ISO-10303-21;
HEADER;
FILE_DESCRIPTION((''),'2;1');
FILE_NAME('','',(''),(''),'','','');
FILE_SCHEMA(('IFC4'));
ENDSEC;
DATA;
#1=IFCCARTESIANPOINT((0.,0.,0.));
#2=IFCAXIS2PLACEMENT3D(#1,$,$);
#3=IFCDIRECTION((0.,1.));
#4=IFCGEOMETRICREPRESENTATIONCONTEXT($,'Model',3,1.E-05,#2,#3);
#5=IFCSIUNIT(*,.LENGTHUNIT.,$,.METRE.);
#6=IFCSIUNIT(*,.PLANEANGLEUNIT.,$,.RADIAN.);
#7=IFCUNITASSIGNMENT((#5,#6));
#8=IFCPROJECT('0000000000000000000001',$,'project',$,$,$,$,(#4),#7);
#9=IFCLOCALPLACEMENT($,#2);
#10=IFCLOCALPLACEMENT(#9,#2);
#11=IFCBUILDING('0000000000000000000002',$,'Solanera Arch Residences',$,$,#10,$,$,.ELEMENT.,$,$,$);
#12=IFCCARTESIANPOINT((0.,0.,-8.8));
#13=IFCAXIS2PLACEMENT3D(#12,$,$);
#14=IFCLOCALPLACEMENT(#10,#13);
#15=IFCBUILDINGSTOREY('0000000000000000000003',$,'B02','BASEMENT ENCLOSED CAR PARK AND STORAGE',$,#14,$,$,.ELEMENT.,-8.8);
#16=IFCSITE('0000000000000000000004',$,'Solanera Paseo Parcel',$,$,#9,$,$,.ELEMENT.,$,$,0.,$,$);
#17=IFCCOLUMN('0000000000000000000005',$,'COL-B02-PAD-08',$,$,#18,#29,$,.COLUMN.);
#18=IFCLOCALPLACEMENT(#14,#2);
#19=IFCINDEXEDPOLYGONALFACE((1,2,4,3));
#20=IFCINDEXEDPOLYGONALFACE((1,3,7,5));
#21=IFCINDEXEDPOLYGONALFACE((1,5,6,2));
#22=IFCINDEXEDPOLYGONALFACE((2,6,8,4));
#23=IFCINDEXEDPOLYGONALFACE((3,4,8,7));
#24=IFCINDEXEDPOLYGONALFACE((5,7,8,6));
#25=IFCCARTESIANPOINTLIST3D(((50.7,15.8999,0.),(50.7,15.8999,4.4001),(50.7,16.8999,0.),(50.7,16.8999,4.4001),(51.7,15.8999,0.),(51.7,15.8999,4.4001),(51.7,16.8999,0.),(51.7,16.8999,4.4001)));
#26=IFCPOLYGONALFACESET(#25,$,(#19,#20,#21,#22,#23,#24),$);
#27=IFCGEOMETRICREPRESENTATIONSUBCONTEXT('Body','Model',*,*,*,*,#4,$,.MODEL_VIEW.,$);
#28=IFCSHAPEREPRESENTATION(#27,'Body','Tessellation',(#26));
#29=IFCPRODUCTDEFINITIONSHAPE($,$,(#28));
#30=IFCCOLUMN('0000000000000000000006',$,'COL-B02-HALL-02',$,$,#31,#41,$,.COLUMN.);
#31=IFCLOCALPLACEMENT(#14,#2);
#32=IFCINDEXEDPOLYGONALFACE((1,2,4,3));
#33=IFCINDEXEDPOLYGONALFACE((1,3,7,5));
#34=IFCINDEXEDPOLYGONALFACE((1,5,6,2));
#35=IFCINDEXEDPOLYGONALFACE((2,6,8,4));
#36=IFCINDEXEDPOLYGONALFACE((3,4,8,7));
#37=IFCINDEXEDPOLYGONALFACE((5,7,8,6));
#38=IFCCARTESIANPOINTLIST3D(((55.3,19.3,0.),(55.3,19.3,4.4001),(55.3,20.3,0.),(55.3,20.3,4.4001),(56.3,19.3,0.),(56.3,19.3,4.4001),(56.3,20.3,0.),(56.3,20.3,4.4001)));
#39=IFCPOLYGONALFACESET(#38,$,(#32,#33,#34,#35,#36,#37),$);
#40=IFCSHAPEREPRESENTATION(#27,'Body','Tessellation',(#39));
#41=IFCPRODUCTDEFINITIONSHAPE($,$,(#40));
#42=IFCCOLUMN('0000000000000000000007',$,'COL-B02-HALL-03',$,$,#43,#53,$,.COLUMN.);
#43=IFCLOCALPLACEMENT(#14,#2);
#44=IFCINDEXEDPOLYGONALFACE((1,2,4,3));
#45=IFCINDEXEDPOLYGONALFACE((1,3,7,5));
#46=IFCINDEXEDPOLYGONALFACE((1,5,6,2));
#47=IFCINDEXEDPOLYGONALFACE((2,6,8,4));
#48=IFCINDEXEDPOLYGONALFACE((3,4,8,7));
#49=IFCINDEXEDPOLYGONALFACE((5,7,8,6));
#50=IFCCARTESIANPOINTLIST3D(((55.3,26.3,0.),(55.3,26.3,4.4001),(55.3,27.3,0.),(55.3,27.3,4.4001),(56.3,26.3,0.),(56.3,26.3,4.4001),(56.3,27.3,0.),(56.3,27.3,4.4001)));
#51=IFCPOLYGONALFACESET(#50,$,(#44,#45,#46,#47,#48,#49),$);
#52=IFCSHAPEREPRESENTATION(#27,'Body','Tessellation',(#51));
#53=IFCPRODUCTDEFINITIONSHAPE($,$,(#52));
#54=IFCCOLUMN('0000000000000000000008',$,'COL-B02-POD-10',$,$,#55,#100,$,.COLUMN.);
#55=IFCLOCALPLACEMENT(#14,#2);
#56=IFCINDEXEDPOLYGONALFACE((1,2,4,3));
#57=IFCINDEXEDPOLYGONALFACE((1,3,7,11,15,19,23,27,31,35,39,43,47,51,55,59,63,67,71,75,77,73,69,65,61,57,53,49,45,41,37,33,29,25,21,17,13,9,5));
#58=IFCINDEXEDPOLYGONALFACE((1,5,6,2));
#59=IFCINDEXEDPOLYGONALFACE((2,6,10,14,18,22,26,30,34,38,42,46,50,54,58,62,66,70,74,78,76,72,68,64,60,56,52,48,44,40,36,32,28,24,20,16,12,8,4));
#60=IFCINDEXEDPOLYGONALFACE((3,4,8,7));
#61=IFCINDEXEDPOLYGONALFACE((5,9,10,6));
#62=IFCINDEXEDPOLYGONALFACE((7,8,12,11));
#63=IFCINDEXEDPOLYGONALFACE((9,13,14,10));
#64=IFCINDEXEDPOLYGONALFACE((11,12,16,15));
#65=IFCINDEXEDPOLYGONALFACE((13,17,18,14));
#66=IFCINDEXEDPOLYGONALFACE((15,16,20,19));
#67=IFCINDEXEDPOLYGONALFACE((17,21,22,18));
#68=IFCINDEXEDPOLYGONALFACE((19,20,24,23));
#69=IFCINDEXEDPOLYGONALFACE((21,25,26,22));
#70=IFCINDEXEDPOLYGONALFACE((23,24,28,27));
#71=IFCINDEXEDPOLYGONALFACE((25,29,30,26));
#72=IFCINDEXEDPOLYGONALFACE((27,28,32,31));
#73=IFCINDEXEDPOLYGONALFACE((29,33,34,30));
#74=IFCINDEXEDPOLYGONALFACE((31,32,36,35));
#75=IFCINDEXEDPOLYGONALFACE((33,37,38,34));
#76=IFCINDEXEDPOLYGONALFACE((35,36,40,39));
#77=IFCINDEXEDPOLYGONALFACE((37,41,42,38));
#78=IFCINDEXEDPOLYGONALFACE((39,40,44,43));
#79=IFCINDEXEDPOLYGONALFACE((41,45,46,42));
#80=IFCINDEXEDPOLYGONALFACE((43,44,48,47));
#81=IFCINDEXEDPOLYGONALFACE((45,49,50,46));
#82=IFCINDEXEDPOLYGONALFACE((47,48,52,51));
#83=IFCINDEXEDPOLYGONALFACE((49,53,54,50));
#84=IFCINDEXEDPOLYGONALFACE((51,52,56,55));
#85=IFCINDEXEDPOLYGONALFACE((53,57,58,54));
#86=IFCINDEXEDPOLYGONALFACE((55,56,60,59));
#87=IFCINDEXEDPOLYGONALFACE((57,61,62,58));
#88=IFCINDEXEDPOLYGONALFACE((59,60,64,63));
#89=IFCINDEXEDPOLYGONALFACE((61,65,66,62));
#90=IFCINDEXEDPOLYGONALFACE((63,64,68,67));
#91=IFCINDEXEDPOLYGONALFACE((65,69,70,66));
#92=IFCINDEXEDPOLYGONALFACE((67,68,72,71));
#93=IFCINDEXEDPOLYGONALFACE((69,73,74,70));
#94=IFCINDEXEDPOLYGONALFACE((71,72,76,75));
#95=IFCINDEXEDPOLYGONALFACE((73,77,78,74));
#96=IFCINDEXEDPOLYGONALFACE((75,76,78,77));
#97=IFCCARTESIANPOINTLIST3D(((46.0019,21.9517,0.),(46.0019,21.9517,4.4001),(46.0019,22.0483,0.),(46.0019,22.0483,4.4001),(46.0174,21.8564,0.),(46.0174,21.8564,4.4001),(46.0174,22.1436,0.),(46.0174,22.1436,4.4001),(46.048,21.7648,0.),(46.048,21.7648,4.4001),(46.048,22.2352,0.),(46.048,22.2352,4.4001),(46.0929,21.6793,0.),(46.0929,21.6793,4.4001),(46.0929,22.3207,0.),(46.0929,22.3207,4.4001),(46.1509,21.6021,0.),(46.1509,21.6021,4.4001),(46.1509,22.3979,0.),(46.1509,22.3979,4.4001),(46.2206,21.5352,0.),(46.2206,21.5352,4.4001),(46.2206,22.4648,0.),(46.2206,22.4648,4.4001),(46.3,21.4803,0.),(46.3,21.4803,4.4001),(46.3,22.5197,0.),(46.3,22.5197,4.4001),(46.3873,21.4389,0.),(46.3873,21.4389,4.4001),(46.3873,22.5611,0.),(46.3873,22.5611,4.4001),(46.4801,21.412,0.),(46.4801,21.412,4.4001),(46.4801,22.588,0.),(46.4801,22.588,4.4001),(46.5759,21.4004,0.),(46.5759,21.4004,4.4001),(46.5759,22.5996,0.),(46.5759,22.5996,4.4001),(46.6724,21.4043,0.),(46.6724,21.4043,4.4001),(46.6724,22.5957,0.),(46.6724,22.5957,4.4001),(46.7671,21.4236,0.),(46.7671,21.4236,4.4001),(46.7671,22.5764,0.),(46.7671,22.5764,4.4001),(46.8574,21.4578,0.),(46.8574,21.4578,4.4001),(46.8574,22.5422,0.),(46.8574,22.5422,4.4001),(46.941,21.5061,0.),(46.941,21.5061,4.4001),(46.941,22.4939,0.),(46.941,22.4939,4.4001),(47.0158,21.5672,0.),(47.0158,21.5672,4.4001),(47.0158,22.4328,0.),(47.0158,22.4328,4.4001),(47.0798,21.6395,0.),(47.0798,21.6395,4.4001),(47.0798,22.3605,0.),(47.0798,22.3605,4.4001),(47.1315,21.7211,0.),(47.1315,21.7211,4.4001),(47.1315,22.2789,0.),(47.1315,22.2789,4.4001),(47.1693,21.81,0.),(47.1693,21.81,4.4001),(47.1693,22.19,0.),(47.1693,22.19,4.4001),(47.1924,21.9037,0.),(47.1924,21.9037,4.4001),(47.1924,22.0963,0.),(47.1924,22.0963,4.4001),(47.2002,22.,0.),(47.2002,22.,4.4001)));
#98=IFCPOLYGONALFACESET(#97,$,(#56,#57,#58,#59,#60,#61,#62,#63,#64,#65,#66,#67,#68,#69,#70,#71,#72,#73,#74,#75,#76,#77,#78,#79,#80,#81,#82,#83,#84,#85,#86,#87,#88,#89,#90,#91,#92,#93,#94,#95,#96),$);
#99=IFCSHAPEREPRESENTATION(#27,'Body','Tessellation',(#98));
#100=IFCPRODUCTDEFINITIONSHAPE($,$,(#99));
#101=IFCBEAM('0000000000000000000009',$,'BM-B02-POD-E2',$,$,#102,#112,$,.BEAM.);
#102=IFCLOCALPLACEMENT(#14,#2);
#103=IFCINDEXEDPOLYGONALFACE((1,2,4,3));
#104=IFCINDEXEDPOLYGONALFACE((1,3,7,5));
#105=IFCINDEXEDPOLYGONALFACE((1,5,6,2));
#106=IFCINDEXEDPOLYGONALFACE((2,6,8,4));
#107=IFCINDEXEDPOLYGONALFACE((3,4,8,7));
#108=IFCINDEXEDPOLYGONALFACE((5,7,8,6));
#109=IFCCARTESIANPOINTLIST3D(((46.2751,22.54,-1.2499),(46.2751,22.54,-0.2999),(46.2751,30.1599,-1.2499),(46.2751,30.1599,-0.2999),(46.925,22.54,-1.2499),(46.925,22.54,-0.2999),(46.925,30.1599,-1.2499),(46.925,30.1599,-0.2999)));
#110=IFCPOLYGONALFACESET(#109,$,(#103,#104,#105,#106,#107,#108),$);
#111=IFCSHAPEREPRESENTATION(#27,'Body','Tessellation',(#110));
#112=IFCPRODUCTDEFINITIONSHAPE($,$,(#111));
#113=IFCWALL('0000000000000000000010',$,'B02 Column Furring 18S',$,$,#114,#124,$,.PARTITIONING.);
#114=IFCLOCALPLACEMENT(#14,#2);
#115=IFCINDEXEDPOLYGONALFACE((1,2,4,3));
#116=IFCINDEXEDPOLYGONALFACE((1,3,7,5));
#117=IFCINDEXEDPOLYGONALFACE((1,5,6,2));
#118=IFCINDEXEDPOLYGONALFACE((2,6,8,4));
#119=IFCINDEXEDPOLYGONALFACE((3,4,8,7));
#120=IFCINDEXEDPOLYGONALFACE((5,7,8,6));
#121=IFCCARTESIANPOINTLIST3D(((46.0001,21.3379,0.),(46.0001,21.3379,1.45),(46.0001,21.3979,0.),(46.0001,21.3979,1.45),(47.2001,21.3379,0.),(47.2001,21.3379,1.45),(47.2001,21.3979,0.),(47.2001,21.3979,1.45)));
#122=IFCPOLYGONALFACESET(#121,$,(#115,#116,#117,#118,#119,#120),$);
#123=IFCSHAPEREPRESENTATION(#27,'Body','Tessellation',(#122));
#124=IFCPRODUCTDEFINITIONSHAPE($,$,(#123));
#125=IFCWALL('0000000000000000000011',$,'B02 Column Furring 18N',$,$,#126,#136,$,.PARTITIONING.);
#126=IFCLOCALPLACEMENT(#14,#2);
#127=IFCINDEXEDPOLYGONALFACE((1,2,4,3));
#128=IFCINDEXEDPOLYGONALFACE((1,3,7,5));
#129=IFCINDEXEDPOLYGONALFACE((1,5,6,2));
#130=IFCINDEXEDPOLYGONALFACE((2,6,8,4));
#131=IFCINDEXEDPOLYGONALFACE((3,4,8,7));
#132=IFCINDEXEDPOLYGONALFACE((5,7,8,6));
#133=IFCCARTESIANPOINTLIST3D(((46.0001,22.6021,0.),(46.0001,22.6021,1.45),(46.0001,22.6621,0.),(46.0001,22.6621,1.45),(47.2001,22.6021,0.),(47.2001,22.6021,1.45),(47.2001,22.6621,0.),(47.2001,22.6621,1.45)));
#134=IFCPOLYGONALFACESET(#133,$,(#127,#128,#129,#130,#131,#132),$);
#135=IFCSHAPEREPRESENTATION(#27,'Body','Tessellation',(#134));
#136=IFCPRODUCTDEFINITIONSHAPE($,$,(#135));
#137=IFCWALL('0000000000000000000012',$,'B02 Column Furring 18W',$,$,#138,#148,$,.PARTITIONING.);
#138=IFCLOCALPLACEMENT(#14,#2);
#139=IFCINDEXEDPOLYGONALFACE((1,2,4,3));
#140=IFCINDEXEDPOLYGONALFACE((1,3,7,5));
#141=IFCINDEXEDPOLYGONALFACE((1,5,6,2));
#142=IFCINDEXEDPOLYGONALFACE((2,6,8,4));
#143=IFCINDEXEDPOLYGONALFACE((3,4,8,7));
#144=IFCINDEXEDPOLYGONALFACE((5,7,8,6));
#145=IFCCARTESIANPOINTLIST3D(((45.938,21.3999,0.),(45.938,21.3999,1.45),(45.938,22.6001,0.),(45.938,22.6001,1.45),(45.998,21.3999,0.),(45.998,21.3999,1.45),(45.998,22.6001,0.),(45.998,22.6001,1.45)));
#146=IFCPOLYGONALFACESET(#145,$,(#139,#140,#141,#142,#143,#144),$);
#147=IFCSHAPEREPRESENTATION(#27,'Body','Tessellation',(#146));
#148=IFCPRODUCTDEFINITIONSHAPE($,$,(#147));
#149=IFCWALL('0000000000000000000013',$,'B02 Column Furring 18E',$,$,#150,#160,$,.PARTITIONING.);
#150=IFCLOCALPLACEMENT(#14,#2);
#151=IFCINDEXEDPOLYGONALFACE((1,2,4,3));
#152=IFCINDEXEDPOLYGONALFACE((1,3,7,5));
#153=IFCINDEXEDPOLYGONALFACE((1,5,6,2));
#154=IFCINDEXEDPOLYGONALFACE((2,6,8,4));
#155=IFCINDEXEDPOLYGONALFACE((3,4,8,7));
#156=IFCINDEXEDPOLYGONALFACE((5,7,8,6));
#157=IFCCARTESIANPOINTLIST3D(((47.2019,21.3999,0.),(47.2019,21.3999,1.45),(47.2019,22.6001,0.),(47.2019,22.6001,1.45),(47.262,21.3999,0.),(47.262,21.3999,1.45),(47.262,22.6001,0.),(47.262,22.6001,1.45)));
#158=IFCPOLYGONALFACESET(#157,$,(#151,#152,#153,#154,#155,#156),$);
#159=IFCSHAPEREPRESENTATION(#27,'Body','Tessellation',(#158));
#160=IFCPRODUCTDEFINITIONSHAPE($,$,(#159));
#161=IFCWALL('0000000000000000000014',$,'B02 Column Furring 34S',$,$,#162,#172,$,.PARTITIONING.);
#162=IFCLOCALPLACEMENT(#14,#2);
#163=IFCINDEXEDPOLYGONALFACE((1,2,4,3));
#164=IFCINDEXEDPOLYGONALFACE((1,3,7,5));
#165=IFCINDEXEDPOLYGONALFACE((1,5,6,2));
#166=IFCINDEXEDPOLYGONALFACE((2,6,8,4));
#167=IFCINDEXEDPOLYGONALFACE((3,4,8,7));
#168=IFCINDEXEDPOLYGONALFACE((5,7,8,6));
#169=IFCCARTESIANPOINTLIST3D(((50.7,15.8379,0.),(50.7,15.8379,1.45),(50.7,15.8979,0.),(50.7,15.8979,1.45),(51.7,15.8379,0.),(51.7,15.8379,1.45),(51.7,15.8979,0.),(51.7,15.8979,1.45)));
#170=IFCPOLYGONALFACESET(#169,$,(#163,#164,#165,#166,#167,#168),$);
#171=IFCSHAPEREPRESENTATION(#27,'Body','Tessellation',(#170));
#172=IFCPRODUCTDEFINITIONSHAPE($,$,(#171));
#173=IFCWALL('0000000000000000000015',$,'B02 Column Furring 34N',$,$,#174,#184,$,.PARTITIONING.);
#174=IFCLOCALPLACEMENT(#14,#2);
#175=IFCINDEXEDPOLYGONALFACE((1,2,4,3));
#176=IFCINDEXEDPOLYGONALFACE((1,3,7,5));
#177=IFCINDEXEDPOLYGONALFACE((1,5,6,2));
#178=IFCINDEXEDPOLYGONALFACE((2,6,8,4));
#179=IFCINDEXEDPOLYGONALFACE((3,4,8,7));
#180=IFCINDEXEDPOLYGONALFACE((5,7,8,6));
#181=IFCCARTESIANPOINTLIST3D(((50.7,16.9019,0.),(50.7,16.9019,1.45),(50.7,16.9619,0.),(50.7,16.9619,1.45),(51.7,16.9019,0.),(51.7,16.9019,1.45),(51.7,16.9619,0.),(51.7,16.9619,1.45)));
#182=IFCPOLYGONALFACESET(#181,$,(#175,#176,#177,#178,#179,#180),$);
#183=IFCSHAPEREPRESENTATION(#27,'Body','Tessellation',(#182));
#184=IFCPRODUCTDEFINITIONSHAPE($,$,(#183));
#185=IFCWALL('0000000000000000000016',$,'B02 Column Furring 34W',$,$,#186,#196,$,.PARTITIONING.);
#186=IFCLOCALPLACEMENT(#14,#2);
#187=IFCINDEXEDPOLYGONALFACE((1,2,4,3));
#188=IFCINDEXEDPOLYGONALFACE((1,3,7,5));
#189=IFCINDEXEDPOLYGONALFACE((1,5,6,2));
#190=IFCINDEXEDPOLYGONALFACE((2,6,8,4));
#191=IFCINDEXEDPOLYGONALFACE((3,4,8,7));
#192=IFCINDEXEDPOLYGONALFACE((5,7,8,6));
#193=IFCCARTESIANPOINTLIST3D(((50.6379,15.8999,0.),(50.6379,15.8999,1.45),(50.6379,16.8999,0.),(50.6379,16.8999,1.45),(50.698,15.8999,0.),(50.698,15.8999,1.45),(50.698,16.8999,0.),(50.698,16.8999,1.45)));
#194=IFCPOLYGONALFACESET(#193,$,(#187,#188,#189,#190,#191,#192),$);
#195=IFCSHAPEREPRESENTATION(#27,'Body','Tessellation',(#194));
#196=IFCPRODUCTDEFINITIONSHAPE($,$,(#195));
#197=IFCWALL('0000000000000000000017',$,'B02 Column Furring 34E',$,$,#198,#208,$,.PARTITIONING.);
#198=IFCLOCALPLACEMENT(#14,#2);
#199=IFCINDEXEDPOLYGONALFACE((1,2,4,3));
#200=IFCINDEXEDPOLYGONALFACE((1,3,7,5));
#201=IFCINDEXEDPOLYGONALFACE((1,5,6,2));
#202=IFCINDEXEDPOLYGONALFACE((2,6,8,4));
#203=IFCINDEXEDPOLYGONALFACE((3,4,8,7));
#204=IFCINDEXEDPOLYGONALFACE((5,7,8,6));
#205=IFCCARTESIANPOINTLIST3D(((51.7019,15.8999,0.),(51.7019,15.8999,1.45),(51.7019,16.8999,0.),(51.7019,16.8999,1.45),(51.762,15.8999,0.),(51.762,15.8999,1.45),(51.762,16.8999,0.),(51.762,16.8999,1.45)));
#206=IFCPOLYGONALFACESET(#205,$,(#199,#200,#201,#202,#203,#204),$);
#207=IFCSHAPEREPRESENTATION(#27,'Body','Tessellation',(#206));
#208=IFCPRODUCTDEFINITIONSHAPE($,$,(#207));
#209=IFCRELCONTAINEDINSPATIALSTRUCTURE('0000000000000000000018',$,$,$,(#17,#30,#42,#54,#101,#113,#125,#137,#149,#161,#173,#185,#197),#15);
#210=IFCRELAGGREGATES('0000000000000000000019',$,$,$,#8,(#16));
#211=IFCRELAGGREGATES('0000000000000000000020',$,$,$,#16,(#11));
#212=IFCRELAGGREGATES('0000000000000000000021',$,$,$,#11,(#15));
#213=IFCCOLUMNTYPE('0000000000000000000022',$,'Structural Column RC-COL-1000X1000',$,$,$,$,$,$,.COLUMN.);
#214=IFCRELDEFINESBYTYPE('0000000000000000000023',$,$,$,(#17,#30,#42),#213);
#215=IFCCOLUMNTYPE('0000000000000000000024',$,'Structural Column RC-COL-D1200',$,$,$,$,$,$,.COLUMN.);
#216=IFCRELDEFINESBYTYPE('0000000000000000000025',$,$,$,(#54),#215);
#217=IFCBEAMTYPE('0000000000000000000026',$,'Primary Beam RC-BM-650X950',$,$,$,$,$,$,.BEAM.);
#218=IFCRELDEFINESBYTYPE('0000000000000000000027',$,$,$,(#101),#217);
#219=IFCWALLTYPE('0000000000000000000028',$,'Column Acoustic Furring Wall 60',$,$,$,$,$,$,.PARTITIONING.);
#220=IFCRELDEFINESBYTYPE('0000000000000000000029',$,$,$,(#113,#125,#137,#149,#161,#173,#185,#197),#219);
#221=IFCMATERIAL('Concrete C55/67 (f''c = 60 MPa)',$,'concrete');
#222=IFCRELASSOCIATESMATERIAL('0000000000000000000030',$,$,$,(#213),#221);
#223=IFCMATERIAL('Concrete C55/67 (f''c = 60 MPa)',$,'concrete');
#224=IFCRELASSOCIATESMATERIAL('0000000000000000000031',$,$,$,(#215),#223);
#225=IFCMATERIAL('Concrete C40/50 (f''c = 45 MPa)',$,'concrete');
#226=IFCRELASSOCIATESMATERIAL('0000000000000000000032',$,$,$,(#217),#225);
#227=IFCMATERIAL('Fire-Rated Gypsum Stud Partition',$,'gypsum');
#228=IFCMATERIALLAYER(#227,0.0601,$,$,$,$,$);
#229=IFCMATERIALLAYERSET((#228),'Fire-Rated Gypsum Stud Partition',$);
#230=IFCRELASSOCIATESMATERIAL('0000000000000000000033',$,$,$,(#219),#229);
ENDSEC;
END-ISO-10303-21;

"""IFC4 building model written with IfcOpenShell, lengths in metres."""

from ifc_helpers import new_model, si_unit, direction, frame, frame_2d, origin, origin_2d, place, context, subcontext, project, spatial, rectangle, circle, extrude, material, layer, layer_set, material_profile, profile_set, type_object, element, save


model = new_model("IFC4")

# Units and contexts
model_context = context("Model", 3, precision=1e-05, world=origin(), true_north=direction((0.0, 1.0)))
body_context = subcontext(model_context, "Body", "Model", "MODEL_VIEW")
ifc_project = project(units=[si_unit("LENGTHUNIT", "METRE"), si_unit("PLANEANGLEUNIT", "RADIAN")], contexts=[model_context])

# Site, building, storey
site_placement = place(None, origin())
site = spatial("IfcSite", under=ifc_project, at=site_placement, Name="Solanera Paseo Parcel", CompositionType="ELEMENT", RefElevation=0.0)
building_placement = place(site_placement, origin())
building = spatial("IfcBuilding", under=site, at=building_placement, Name="Solanera Arch Residences", CompositionType="ELEMENT")
storey_placement = place(building_placement, frame((0.0, 0.0, -8.8)))
storey = spatial("IfcBuildingStorey", under=building, at=storey_placement, Name="B02", Description="BASEMENT ENCLOSED CAR PARK AND STORAGE", CompositionType="ELEMENT", Elevation=-8.8)

# Columns
ifc_material_1 = material(Name="Concrete C55/67 (f'c = 60 MPa)", Category="concrete")
ifc_material_profile_1 = material_profile(ifc_material_1, rectangle(XDim=1.0, YDim=1.0, at=origin_2d()))
ifc_profile_set_1 = profile_set([ifc_material_profile_1], Name="Concrete C55/67 (f'c = 60 MPa)")
column_type_1 = type_object("IfcColumnType", Name="Structural Column RC-COL-1000X1000", PredefinedType="COLUMN", material=ifc_profile_set_1)
for number, where, z_axis, x_axis, name in (
    (1, (51.2, 16.3999, 0.0), (0.0, 0.0, 1.0), (1.0, 0.0, 0.0), "COL-B02-PAD-08"),
    (2, (55.8, 19.8, 0.0), (0.0, 0.0, 1.0), (1.0, 0.0, 0.0), "COL-B02-HALL-02"),
    (3, (55.8, 26.8, 0.0), (0.0, 0.0, 1.0), (1.0, 0.0, 0.0), "COL-B02-HALL-03"),
):
    element("IfcColumn", number, at=place(storey_placement, frame(where, z_axis=z_axis, x_axis=x_axis)), inside=storey, type_object=column_type_1, Name=name, PredefinedType="COLUMN", context=body_context, shape_type="SweptSolid", body=[
        extrude(rectangle(XDim=1.0, YDim=1.0, at=origin_2d()), origin(), (0.0, 0.0, 1.0), 4.4001),
    ])
ifc_material_2 = material(Name="Concrete C55/67 (f'c = 60 MPa)", Category="concrete")
ifc_material_profile_2 = material_profile(ifc_material_2, circle(Radius=0.6001, at=origin_2d()))
ifc_profile_set_2 = profile_set([ifc_material_profile_2], Name="Concrete C55/67 (f'c = 60 MPa)")
column_type_2 = type_object("IfcColumnType", Name="Structural Column RC-COL-D1200", PredefinedType="COLUMN", material=ifc_profile_set_2)
column_placement = place(storey_placement, frame((46.6001, 22.0, 0.0), z_axis=(0.0, 0.0, 1.0), x_axis=(1.0, 0.0, 0.0)))
element("IfcColumn", 4, at=column_placement, inside=storey, type_object=column_type_2, Name="COL-B02-POD-10", PredefinedType="COLUMN", context=body_context, shape_type="SweptSolid", body=[
    extrude(circle(Radius=0.6001, at=origin_2d()), origin(), (0.0, 0.0, 1.0), 4.4001),
])

# Beam
ifc_material_3 = material(Name="Concrete C40/50 (f'c = 45 MPa)", Category="concrete")
ifc_material_profile_3 = material_profile(ifc_material_3, rectangle(XDim=0.6499, YDim=0.95, at=origin_2d()))
ifc_profile_set_3 = profile_set([ifc_material_profile_3], Name="Concrete C40/50 (f'c = 45 MPa)")
beam_type = type_object("IfcBeamType", Name="Primary Beam RC-BM-650X950", PredefinedType="BEAM", material=ifc_profile_set_3)
beam_placement = place(storey_placement, frame((46.6001, 22.54, -0.7749), z_axis=(0.0, 1.0, 0.0), x_axis=(-1.0, 0.0, 0.0)))
element("IfcBeam", 5, at=beam_placement, inside=storey, type_object=beam_type, Name="BM-B02-POD-E2", PredefinedType="BEAM", context=body_context, shape_type="SweptSolid", body=[
    extrude(rectangle(XDim=0.6499, YDim=0.95, at=origin_2d()), origin(), (0.0, 0.0, 1.0), 7.6199),
])

# Walls
ifc_material_4 = material(Name="Fire-Rated Gypsum Stud Partition", Category="gypsum")
ifc_layer_1 = layer(ifc_material_4, 0.0601)
ifc_layer_set_1 = layer_set([ifc_layer_1], Name="Fire-Rated Gypsum Stud Partition")
wall_type_1 = type_object("IfcWallType", Name="Column Acoustic Furring Wall 60", PredefinedType="PARTITIONING", material=ifc_layer_set_1)
for number, where, z_axis, x_axis, name in (
    (6, (46.0, 21.3679, 0.0), (0.0, 0.0, 1.0), (1.0, 0.0, 0.0), "B02 Column Furring 18S"),
    (7, (46.0, 22.6321, 0.0), (0.0, 0.0, 1.0), (1.0, 0.0, 0.0), "B02 Column Furring 18N"),
):
    element("IfcWall", number, at=place(storey_placement, frame(where, z_axis=z_axis, x_axis=x_axis)), inside=storey, type_object=wall_type_1, Name=name, PredefinedType="PARTITIONING", context=body_context, shape_type="SweptSolid", body=[
        extrude(rectangle(XDim=1.2, YDim=0.0601, at=frame_2d((0.6001, 0.0))), origin(), (0.0, 0.0, 1.0), 1.45),
    ])
for number, where, z_axis, x_axis, name in (
    (8, (45.968, 21.3999, 0.0), (0.0, 0.0, 1.0), (0.0, 1.0, 0.0), "B02 Column Furring 18W"),
    (9, (47.2319, 21.3999, 0.0), (0.0, 0.0, 1.0), (0.0, 1.0, 0.0), "B02 Column Furring 18E"),
):
    element("IfcWall", number, at=place(storey_placement, frame(where, z_axis=z_axis, x_axis=x_axis)), inside=storey, type_object=wall_type_1, Name=name, PredefinedType="PARTITIONING", context=body_context, shape_type="SweptSolid", body=[
        extrude(rectangle(XDim=1.2002, YDim=0.0601, at=frame_2d((0.6001, 0.0))), origin(), (0.0, 0.0, 1.0), 1.45),
    ])
for number, where, z_axis, x_axis, name in (
    (10, (50.7, 15.8679, 0.0), (0.0, 0.0, 1.0), (1.0, 0.0, 0.0), "B02 Column Furring 34S"),
    (11, (50.7, 16.9319, 0.0), (0.0, 0.0, 1.0), (1.0, 0.0, 0.0), "B02 Column Furring 34N"),
    (12, (50.668, 15.8999, 0.0), (0.0, 0.0, 1.0), (0.0, 1.0, 0.0), "B02 Column Furring 34W"),
    (13, (51.7319, 15.8999, 0.0), (0.0, 0.0, 1.0), (0.0, 1.0, 0.0), "B02 Column Furring 34E"),
):
    element("IfcWall", number, at=place(storey_placement, frame(where, z_axis=z_axis, x_axis=x_axis)), inside=storey, type_object=wall_type_1, Name=name, PredefinedType="PARTITIONING", context=body_context, shape_type="SweptSolid", body=[
        extrude(rectangle(XDim=1.0, YDim=0.0601, at=frame_2d((0.5, 0.0))), origin(), (0.0, 0.0, 1.0), 1.45),
    ])

save(model, "model.ifc")
